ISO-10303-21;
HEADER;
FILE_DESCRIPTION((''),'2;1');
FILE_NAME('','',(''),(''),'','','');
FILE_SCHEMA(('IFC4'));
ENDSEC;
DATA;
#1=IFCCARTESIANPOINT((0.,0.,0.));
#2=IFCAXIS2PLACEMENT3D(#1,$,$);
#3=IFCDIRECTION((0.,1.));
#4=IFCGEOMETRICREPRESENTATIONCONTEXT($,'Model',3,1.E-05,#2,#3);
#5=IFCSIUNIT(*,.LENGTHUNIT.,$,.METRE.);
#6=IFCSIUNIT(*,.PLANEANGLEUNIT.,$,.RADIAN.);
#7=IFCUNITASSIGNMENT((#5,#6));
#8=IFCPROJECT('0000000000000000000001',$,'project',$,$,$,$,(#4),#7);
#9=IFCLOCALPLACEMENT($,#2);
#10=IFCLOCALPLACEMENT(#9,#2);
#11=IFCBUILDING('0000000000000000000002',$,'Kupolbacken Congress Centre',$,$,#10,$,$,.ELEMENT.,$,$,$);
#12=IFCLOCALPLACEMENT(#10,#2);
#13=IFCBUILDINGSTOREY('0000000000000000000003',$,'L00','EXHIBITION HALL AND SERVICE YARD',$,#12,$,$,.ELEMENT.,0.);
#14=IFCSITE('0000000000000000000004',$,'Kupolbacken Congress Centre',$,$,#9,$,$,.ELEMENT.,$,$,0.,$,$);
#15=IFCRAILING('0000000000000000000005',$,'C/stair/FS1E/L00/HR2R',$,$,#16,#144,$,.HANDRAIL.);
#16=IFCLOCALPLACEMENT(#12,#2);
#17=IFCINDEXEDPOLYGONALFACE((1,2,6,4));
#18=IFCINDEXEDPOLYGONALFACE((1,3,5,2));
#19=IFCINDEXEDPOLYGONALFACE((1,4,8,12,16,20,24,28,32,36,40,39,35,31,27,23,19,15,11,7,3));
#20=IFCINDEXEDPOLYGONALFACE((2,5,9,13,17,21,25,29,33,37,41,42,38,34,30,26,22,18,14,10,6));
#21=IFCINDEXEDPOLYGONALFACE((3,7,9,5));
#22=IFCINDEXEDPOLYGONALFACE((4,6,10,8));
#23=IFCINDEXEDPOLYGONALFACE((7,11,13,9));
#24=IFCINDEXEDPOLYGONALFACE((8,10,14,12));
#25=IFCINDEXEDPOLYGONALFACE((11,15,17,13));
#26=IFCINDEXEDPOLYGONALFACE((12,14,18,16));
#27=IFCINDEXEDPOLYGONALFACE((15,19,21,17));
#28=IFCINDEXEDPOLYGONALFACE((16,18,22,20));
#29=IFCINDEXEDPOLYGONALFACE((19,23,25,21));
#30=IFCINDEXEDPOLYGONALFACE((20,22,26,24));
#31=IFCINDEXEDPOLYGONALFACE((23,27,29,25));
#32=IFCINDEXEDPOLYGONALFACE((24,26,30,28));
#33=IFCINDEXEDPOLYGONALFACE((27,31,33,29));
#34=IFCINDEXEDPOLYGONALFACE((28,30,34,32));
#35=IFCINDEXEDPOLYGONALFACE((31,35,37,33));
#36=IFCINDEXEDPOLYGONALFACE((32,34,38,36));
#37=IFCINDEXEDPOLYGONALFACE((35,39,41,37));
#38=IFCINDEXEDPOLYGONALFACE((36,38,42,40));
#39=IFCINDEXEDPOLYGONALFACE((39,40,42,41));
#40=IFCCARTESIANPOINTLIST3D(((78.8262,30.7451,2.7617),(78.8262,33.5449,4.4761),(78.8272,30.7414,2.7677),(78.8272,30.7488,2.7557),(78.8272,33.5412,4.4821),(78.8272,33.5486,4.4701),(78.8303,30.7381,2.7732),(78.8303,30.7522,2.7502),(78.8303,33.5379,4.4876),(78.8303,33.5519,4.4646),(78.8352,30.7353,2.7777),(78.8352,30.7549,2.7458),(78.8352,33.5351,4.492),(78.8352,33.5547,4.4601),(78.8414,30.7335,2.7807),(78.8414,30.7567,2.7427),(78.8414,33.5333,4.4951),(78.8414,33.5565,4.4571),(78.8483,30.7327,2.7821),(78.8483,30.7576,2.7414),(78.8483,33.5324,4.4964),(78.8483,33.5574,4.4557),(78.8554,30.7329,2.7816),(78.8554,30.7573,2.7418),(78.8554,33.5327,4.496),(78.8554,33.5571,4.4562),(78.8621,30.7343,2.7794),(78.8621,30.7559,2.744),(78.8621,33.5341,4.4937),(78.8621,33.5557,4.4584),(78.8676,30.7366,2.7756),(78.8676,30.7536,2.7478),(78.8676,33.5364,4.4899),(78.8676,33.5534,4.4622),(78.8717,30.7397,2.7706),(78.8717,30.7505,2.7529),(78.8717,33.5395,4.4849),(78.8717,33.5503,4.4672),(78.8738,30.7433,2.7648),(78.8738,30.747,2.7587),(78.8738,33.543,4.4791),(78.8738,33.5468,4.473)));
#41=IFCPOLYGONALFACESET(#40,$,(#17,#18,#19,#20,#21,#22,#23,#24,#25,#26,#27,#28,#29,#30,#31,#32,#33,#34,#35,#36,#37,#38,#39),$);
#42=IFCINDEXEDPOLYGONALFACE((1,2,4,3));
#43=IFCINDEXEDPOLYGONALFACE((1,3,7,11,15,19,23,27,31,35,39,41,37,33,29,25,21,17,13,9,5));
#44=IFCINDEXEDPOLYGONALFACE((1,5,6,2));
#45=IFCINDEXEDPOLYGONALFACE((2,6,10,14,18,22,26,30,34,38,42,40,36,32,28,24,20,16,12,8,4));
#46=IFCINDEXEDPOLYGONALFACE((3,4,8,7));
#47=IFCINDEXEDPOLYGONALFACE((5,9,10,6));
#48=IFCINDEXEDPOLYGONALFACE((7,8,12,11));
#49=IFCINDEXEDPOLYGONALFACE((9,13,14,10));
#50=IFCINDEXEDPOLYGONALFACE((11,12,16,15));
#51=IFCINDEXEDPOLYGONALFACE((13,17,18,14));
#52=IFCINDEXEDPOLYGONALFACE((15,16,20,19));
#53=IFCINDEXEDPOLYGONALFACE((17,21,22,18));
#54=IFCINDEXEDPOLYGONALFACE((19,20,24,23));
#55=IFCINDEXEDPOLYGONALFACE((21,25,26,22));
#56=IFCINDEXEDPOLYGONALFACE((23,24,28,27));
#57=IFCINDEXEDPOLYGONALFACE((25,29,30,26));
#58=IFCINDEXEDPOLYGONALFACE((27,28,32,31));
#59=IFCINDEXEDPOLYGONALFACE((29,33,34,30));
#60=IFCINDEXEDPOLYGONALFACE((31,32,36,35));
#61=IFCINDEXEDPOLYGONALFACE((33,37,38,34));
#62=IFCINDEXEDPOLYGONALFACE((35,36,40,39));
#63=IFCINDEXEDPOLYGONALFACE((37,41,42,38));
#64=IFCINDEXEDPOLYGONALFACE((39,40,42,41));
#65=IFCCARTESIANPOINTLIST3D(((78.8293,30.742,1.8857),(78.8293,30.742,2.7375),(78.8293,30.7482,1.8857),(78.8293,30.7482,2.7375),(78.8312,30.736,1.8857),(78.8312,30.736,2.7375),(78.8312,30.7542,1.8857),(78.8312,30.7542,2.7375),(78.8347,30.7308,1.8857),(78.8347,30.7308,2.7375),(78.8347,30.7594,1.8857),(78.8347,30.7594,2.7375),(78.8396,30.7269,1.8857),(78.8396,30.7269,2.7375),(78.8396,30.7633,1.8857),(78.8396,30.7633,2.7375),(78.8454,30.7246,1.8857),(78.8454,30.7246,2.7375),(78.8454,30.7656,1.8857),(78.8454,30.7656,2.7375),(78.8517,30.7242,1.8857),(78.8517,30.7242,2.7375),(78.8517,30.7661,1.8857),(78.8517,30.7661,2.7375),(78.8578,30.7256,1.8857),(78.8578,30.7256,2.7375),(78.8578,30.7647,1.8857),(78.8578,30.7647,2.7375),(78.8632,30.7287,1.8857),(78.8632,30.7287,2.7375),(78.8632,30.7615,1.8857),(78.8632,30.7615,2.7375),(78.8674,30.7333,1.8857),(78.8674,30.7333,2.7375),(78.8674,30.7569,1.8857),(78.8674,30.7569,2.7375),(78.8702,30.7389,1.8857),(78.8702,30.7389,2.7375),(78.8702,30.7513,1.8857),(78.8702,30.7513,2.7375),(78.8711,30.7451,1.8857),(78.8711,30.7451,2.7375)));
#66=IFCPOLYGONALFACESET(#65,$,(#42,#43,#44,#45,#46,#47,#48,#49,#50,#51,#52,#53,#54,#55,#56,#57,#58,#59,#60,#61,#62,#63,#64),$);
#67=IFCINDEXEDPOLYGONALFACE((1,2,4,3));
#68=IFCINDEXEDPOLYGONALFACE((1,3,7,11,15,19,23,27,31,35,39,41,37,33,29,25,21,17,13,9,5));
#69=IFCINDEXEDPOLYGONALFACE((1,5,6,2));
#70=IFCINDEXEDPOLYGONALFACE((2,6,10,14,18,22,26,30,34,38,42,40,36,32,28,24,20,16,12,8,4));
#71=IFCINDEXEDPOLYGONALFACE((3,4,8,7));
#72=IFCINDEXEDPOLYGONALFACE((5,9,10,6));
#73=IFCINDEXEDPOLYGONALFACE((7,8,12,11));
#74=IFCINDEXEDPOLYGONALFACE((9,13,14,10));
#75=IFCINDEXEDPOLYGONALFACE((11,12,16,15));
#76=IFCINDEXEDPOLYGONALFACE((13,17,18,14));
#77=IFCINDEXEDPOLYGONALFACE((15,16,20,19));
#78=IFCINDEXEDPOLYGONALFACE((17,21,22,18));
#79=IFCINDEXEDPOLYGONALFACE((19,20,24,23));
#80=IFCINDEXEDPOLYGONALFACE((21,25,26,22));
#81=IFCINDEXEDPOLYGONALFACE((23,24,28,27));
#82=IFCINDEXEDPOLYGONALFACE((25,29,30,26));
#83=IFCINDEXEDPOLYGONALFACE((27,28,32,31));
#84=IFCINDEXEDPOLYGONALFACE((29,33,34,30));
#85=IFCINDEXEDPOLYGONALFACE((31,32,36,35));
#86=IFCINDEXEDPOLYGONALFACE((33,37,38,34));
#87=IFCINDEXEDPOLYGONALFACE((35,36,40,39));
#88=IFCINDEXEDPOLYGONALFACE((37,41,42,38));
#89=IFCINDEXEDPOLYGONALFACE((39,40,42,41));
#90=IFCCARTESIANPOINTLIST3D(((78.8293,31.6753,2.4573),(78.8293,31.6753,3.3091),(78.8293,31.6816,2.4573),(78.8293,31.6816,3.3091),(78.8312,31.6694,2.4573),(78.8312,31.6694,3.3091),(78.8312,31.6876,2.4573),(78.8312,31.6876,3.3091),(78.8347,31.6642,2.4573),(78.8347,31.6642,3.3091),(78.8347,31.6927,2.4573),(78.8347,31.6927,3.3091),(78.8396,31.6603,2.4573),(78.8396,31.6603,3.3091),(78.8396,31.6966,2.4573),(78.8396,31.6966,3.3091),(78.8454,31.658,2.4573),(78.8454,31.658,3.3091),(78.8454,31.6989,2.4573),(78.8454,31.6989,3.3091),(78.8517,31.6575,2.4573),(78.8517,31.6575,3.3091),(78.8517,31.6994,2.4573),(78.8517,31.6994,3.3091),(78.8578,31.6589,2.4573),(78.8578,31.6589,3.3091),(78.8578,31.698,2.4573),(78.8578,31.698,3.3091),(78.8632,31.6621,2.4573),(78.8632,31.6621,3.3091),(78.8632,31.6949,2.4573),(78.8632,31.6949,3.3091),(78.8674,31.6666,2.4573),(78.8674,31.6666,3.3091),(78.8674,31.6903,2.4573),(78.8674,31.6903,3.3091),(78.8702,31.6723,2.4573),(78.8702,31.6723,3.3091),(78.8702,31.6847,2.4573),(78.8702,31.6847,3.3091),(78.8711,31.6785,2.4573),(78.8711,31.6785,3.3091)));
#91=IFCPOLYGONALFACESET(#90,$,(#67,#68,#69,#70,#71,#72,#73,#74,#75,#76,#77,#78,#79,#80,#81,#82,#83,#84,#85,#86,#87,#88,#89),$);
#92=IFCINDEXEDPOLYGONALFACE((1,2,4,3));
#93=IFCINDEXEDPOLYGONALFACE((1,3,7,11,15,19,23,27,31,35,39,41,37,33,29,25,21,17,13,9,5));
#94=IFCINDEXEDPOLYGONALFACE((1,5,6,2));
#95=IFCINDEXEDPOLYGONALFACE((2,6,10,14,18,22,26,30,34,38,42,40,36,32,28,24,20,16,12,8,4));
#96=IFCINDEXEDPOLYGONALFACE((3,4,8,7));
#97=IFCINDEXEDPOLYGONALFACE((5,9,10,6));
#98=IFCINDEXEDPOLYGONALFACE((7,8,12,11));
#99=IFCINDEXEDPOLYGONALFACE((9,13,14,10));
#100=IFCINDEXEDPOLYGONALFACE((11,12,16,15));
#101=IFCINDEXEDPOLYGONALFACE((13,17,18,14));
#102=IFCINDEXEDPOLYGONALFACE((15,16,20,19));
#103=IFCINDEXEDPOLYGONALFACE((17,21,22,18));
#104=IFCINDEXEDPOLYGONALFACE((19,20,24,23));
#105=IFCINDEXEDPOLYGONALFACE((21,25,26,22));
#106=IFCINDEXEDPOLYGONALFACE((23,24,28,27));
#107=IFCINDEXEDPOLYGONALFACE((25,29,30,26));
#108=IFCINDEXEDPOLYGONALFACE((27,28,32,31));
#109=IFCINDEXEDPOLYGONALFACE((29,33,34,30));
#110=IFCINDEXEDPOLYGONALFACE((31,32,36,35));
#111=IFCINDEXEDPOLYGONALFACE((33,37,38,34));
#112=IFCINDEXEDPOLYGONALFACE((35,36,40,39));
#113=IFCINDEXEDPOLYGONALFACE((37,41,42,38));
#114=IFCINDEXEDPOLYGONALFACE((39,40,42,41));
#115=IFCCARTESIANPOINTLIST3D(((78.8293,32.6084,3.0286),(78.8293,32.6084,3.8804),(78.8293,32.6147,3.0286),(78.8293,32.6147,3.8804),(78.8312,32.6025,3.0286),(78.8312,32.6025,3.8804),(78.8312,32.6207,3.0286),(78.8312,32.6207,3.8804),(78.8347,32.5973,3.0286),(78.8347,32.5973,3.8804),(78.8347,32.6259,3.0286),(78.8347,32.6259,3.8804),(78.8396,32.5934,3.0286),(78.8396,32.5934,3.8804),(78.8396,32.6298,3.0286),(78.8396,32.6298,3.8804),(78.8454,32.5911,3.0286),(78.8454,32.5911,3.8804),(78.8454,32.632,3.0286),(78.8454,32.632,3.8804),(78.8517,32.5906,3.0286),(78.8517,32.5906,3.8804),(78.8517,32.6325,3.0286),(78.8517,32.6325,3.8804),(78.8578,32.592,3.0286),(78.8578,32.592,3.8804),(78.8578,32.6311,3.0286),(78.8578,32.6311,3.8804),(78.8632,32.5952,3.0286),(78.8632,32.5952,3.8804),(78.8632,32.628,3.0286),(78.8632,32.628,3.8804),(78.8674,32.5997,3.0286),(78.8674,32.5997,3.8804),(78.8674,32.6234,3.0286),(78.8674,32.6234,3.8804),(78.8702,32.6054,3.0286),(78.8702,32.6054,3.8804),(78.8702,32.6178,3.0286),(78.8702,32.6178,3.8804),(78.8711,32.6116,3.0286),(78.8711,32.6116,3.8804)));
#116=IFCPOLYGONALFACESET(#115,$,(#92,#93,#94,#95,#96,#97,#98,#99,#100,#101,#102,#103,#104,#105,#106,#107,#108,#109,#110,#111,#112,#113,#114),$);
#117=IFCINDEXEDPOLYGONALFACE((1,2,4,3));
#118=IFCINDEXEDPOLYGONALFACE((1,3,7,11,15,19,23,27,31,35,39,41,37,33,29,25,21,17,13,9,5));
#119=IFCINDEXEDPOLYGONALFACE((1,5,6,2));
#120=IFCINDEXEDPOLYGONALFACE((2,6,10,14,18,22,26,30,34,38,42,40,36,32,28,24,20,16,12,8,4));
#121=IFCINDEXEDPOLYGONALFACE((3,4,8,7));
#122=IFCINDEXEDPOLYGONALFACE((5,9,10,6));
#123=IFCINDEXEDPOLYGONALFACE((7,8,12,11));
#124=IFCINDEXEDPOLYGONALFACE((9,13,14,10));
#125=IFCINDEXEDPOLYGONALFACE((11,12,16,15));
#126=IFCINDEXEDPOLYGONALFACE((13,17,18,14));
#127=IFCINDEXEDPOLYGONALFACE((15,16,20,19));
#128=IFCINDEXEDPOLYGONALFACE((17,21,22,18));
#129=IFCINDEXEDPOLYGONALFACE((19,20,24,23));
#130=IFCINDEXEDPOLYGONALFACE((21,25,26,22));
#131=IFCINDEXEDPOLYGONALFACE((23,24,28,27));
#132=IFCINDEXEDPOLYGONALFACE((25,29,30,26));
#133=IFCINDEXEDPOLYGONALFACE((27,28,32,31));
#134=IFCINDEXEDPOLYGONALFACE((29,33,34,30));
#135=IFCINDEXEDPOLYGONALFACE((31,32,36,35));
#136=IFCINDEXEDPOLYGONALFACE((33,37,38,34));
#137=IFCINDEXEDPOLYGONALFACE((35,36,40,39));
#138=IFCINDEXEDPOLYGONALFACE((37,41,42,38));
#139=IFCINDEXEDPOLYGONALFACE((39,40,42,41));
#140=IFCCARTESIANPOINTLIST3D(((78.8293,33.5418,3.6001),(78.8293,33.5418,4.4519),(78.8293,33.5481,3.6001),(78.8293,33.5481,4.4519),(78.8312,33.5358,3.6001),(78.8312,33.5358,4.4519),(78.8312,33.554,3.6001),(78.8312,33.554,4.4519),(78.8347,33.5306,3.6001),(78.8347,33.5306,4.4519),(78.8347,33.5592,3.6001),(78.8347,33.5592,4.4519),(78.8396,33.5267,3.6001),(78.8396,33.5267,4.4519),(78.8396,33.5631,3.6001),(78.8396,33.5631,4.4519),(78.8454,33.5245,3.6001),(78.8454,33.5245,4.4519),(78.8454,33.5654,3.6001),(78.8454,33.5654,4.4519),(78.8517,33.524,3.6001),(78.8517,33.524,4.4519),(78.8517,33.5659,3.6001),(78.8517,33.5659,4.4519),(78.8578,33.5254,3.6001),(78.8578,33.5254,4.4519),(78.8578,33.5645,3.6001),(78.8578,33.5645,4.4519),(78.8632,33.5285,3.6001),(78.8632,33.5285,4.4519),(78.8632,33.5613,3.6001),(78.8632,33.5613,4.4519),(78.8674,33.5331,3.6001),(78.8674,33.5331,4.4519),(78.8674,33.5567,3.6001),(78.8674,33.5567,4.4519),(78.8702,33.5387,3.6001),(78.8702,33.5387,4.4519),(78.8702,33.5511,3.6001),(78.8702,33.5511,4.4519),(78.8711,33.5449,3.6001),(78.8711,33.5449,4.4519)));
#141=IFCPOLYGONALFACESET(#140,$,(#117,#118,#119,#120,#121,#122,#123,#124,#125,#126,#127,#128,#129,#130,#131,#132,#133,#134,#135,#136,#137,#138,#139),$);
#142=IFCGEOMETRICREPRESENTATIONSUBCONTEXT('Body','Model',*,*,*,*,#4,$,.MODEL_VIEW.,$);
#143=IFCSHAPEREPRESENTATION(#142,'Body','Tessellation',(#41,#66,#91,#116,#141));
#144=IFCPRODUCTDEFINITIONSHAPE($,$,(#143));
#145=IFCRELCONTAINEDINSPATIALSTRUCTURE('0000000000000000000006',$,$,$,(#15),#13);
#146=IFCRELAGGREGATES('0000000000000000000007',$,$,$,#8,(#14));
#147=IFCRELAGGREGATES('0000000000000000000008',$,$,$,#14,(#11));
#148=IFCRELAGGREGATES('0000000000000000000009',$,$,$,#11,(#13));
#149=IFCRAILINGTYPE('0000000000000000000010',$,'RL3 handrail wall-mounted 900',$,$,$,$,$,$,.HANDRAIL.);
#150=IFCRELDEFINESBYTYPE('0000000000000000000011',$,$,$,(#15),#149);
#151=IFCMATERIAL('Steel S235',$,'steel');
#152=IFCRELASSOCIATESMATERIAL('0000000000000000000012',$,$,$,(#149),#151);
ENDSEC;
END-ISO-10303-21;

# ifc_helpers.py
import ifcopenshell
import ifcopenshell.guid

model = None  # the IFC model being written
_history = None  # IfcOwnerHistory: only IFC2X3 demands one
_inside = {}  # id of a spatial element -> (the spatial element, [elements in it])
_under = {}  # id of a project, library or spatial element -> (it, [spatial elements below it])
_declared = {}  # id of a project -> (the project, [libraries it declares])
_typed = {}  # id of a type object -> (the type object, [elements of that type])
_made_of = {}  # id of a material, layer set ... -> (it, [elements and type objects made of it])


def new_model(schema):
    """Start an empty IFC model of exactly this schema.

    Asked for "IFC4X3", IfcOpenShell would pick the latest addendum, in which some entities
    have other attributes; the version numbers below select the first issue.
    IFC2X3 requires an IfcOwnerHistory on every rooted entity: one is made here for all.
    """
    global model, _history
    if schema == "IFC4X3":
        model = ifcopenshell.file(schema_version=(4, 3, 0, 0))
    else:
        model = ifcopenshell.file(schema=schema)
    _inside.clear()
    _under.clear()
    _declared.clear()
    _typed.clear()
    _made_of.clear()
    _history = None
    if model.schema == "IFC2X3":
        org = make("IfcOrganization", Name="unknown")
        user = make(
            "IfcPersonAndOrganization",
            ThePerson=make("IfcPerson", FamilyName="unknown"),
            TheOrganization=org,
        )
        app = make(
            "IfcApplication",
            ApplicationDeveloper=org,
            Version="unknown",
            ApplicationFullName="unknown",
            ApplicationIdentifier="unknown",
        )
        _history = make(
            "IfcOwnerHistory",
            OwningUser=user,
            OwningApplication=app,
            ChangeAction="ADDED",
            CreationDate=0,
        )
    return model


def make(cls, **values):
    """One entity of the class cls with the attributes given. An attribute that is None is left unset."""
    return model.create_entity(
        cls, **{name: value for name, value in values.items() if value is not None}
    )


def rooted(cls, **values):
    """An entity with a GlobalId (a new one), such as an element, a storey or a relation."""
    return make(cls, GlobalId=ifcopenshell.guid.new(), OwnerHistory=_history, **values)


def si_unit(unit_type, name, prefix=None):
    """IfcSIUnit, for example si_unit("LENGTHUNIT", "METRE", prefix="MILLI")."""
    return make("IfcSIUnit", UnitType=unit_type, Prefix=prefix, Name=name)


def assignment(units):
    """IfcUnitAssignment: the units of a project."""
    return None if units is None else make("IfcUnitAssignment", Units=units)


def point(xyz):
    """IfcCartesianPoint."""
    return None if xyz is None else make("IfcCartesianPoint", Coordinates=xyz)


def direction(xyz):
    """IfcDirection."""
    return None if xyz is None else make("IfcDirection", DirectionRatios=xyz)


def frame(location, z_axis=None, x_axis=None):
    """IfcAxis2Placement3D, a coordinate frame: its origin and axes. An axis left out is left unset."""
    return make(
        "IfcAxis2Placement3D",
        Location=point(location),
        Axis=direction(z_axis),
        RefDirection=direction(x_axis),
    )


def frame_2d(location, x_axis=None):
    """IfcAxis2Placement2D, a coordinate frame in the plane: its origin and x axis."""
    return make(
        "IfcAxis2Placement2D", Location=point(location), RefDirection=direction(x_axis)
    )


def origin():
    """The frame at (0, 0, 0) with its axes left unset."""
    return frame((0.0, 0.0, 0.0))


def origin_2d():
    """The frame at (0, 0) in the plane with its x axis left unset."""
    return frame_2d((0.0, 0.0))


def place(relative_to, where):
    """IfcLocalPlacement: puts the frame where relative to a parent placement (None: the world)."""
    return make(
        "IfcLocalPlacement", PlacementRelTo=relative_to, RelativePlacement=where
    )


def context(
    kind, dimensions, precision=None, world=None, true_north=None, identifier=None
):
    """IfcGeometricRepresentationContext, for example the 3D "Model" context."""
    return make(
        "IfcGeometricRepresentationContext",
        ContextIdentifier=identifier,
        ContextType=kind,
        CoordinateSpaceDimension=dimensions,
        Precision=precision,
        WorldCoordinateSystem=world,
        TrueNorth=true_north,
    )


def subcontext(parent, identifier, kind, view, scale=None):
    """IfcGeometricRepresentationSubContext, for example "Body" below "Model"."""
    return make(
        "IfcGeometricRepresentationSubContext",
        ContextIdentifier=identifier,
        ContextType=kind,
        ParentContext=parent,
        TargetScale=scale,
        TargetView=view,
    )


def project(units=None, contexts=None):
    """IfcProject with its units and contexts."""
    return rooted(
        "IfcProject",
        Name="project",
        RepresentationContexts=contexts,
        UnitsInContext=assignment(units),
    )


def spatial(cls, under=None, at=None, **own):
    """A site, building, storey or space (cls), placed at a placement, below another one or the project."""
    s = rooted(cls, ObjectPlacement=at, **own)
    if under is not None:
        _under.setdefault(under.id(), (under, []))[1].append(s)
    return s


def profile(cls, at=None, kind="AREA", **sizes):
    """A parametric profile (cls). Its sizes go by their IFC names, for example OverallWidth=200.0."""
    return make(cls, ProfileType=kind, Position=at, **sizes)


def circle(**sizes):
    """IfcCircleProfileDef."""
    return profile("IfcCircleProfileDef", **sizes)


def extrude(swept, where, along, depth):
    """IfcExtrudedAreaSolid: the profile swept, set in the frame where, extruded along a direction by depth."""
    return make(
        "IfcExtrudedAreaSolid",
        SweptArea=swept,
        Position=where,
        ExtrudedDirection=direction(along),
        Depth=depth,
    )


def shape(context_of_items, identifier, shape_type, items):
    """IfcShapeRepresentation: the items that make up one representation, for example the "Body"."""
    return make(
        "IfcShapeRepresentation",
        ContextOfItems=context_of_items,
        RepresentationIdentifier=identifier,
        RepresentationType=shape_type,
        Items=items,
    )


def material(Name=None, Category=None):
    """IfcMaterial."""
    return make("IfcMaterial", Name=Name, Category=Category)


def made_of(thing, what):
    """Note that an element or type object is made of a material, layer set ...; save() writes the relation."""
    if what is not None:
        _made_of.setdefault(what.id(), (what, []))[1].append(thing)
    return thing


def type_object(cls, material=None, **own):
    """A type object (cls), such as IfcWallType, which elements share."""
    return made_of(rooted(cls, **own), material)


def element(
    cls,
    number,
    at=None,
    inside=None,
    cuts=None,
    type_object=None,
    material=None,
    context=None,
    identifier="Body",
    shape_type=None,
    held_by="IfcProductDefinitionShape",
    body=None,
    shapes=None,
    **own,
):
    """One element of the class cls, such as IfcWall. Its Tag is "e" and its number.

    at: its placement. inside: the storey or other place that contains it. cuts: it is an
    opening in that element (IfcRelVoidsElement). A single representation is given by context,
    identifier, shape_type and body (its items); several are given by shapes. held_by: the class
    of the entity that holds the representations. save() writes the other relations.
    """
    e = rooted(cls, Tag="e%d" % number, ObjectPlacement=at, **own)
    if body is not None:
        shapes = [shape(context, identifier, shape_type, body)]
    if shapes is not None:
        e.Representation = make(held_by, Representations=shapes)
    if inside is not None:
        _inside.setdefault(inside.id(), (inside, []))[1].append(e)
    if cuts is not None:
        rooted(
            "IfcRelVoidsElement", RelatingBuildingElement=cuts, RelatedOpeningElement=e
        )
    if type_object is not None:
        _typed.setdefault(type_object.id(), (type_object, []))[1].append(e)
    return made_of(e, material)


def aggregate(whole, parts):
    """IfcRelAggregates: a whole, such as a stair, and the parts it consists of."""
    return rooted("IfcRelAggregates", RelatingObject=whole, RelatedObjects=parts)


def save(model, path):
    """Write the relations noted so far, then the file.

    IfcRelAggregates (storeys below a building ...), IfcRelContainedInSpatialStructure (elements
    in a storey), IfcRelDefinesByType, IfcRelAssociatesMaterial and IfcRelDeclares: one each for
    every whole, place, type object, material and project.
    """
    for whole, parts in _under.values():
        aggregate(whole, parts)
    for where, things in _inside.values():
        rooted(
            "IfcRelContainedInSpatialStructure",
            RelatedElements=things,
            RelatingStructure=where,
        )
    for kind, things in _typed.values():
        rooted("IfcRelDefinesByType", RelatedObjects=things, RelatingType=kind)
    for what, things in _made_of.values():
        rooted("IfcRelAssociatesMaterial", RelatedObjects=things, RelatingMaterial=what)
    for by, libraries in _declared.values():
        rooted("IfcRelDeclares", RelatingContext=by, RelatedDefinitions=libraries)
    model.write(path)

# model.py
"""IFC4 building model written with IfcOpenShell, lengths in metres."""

from ifc_helpers import new_model, si_unit, direction, frame, origin, origin_2d, place, context, subcontext, project, spatial, circle, extrude, material, type_object, element, save


model = new_model("IFC4")

# Units and contexts
model_context = context("Model", 3, precision=1e-05, world=origin(), true_north=direction((0.0, 1.0)))
body_context = subcontext(model_context, "Body", "Model", "MODEL_VIEW")
ifc_project = project(units=[si_unit("LENGTHUNIT", "METRE"), si_unit("PLANEANGLEUNIT", "RADIAN")], contexts=[model_context])

# Site, building, storey
site_placement = place(None, origin())
site = spatial("IfcSite", under=ifc_project, at=site_placement, Name="Kupolbacken Congress Centre", CompositionType="ELEMENT", RefElevation=0.0)
building_placement = place(site_placement, origin())
building = spatial("IfcBuilding", under=site, at=building_placement, Name="Kupolbacken Congress Centre", CompositionType="ELEMENT")
storey_placement = place(building_placement, origin())
storey = spatial("IfcBuildingStorey", under=building, at=storey_placement, Name="L00", Description="EXHIBITION HALL AND SERVICE YARD", CompositionType="ELEMENT", Elevation=0.0)

# Railing
ifc_material_1 = material(Name="Steel S235", Category="steel")
railing_type = type_object("IfcRailingType", Name="RL3 handrail wall-mounted 900", PredefinedType="HANDRAIL", material=ifc_material_1)
for number, where, name in (
    (1, (78.8501, 30.7451, 1.8857), "C/stair/FS1E/L00/HR2R"),
):
    element("IfcRailing", number, at=place(storey_placement, frame(where)), inside=storey, type_object=railing_type, Name=name, PredefinedType="HANDRAIL", context=body_context, shape_type="SweptSolid", body=[
        extrude(circle(Radius=0.0239, at=origin_2d()), frame((0.0, 0.0, 0.876), z_axis=(0.0, 0.852826, 0.522196), x_axis=(-1.0, 0.0, 0.0)), (0.0, 0.0, 1.0), 3.283),
        extrude(circle(Radius=0.021, at=origin_2d()), origin(), (0.0, 0.0, 1.0), 0.8518),
        extrude(circle(Radius=0.021, at=origin_2d()), frame((0.0, 0.9333, 0.5715)), (0.0, 0.0, 1.0), 0.8518),
        extrude(circle(Radius=0.021, at=origin_2d()), frame((0.0, 1.8665, 1.1428)), (0.0, 0.0, 1.0), 0.8518),
        extrude(circle(Radius=0.021, at=origin_2d()), frame((0.0, 2.7998, 1.7144)), (0.0, 0.0, 1.0), 0.8518),
    ])

save(model, "model.ifc")
